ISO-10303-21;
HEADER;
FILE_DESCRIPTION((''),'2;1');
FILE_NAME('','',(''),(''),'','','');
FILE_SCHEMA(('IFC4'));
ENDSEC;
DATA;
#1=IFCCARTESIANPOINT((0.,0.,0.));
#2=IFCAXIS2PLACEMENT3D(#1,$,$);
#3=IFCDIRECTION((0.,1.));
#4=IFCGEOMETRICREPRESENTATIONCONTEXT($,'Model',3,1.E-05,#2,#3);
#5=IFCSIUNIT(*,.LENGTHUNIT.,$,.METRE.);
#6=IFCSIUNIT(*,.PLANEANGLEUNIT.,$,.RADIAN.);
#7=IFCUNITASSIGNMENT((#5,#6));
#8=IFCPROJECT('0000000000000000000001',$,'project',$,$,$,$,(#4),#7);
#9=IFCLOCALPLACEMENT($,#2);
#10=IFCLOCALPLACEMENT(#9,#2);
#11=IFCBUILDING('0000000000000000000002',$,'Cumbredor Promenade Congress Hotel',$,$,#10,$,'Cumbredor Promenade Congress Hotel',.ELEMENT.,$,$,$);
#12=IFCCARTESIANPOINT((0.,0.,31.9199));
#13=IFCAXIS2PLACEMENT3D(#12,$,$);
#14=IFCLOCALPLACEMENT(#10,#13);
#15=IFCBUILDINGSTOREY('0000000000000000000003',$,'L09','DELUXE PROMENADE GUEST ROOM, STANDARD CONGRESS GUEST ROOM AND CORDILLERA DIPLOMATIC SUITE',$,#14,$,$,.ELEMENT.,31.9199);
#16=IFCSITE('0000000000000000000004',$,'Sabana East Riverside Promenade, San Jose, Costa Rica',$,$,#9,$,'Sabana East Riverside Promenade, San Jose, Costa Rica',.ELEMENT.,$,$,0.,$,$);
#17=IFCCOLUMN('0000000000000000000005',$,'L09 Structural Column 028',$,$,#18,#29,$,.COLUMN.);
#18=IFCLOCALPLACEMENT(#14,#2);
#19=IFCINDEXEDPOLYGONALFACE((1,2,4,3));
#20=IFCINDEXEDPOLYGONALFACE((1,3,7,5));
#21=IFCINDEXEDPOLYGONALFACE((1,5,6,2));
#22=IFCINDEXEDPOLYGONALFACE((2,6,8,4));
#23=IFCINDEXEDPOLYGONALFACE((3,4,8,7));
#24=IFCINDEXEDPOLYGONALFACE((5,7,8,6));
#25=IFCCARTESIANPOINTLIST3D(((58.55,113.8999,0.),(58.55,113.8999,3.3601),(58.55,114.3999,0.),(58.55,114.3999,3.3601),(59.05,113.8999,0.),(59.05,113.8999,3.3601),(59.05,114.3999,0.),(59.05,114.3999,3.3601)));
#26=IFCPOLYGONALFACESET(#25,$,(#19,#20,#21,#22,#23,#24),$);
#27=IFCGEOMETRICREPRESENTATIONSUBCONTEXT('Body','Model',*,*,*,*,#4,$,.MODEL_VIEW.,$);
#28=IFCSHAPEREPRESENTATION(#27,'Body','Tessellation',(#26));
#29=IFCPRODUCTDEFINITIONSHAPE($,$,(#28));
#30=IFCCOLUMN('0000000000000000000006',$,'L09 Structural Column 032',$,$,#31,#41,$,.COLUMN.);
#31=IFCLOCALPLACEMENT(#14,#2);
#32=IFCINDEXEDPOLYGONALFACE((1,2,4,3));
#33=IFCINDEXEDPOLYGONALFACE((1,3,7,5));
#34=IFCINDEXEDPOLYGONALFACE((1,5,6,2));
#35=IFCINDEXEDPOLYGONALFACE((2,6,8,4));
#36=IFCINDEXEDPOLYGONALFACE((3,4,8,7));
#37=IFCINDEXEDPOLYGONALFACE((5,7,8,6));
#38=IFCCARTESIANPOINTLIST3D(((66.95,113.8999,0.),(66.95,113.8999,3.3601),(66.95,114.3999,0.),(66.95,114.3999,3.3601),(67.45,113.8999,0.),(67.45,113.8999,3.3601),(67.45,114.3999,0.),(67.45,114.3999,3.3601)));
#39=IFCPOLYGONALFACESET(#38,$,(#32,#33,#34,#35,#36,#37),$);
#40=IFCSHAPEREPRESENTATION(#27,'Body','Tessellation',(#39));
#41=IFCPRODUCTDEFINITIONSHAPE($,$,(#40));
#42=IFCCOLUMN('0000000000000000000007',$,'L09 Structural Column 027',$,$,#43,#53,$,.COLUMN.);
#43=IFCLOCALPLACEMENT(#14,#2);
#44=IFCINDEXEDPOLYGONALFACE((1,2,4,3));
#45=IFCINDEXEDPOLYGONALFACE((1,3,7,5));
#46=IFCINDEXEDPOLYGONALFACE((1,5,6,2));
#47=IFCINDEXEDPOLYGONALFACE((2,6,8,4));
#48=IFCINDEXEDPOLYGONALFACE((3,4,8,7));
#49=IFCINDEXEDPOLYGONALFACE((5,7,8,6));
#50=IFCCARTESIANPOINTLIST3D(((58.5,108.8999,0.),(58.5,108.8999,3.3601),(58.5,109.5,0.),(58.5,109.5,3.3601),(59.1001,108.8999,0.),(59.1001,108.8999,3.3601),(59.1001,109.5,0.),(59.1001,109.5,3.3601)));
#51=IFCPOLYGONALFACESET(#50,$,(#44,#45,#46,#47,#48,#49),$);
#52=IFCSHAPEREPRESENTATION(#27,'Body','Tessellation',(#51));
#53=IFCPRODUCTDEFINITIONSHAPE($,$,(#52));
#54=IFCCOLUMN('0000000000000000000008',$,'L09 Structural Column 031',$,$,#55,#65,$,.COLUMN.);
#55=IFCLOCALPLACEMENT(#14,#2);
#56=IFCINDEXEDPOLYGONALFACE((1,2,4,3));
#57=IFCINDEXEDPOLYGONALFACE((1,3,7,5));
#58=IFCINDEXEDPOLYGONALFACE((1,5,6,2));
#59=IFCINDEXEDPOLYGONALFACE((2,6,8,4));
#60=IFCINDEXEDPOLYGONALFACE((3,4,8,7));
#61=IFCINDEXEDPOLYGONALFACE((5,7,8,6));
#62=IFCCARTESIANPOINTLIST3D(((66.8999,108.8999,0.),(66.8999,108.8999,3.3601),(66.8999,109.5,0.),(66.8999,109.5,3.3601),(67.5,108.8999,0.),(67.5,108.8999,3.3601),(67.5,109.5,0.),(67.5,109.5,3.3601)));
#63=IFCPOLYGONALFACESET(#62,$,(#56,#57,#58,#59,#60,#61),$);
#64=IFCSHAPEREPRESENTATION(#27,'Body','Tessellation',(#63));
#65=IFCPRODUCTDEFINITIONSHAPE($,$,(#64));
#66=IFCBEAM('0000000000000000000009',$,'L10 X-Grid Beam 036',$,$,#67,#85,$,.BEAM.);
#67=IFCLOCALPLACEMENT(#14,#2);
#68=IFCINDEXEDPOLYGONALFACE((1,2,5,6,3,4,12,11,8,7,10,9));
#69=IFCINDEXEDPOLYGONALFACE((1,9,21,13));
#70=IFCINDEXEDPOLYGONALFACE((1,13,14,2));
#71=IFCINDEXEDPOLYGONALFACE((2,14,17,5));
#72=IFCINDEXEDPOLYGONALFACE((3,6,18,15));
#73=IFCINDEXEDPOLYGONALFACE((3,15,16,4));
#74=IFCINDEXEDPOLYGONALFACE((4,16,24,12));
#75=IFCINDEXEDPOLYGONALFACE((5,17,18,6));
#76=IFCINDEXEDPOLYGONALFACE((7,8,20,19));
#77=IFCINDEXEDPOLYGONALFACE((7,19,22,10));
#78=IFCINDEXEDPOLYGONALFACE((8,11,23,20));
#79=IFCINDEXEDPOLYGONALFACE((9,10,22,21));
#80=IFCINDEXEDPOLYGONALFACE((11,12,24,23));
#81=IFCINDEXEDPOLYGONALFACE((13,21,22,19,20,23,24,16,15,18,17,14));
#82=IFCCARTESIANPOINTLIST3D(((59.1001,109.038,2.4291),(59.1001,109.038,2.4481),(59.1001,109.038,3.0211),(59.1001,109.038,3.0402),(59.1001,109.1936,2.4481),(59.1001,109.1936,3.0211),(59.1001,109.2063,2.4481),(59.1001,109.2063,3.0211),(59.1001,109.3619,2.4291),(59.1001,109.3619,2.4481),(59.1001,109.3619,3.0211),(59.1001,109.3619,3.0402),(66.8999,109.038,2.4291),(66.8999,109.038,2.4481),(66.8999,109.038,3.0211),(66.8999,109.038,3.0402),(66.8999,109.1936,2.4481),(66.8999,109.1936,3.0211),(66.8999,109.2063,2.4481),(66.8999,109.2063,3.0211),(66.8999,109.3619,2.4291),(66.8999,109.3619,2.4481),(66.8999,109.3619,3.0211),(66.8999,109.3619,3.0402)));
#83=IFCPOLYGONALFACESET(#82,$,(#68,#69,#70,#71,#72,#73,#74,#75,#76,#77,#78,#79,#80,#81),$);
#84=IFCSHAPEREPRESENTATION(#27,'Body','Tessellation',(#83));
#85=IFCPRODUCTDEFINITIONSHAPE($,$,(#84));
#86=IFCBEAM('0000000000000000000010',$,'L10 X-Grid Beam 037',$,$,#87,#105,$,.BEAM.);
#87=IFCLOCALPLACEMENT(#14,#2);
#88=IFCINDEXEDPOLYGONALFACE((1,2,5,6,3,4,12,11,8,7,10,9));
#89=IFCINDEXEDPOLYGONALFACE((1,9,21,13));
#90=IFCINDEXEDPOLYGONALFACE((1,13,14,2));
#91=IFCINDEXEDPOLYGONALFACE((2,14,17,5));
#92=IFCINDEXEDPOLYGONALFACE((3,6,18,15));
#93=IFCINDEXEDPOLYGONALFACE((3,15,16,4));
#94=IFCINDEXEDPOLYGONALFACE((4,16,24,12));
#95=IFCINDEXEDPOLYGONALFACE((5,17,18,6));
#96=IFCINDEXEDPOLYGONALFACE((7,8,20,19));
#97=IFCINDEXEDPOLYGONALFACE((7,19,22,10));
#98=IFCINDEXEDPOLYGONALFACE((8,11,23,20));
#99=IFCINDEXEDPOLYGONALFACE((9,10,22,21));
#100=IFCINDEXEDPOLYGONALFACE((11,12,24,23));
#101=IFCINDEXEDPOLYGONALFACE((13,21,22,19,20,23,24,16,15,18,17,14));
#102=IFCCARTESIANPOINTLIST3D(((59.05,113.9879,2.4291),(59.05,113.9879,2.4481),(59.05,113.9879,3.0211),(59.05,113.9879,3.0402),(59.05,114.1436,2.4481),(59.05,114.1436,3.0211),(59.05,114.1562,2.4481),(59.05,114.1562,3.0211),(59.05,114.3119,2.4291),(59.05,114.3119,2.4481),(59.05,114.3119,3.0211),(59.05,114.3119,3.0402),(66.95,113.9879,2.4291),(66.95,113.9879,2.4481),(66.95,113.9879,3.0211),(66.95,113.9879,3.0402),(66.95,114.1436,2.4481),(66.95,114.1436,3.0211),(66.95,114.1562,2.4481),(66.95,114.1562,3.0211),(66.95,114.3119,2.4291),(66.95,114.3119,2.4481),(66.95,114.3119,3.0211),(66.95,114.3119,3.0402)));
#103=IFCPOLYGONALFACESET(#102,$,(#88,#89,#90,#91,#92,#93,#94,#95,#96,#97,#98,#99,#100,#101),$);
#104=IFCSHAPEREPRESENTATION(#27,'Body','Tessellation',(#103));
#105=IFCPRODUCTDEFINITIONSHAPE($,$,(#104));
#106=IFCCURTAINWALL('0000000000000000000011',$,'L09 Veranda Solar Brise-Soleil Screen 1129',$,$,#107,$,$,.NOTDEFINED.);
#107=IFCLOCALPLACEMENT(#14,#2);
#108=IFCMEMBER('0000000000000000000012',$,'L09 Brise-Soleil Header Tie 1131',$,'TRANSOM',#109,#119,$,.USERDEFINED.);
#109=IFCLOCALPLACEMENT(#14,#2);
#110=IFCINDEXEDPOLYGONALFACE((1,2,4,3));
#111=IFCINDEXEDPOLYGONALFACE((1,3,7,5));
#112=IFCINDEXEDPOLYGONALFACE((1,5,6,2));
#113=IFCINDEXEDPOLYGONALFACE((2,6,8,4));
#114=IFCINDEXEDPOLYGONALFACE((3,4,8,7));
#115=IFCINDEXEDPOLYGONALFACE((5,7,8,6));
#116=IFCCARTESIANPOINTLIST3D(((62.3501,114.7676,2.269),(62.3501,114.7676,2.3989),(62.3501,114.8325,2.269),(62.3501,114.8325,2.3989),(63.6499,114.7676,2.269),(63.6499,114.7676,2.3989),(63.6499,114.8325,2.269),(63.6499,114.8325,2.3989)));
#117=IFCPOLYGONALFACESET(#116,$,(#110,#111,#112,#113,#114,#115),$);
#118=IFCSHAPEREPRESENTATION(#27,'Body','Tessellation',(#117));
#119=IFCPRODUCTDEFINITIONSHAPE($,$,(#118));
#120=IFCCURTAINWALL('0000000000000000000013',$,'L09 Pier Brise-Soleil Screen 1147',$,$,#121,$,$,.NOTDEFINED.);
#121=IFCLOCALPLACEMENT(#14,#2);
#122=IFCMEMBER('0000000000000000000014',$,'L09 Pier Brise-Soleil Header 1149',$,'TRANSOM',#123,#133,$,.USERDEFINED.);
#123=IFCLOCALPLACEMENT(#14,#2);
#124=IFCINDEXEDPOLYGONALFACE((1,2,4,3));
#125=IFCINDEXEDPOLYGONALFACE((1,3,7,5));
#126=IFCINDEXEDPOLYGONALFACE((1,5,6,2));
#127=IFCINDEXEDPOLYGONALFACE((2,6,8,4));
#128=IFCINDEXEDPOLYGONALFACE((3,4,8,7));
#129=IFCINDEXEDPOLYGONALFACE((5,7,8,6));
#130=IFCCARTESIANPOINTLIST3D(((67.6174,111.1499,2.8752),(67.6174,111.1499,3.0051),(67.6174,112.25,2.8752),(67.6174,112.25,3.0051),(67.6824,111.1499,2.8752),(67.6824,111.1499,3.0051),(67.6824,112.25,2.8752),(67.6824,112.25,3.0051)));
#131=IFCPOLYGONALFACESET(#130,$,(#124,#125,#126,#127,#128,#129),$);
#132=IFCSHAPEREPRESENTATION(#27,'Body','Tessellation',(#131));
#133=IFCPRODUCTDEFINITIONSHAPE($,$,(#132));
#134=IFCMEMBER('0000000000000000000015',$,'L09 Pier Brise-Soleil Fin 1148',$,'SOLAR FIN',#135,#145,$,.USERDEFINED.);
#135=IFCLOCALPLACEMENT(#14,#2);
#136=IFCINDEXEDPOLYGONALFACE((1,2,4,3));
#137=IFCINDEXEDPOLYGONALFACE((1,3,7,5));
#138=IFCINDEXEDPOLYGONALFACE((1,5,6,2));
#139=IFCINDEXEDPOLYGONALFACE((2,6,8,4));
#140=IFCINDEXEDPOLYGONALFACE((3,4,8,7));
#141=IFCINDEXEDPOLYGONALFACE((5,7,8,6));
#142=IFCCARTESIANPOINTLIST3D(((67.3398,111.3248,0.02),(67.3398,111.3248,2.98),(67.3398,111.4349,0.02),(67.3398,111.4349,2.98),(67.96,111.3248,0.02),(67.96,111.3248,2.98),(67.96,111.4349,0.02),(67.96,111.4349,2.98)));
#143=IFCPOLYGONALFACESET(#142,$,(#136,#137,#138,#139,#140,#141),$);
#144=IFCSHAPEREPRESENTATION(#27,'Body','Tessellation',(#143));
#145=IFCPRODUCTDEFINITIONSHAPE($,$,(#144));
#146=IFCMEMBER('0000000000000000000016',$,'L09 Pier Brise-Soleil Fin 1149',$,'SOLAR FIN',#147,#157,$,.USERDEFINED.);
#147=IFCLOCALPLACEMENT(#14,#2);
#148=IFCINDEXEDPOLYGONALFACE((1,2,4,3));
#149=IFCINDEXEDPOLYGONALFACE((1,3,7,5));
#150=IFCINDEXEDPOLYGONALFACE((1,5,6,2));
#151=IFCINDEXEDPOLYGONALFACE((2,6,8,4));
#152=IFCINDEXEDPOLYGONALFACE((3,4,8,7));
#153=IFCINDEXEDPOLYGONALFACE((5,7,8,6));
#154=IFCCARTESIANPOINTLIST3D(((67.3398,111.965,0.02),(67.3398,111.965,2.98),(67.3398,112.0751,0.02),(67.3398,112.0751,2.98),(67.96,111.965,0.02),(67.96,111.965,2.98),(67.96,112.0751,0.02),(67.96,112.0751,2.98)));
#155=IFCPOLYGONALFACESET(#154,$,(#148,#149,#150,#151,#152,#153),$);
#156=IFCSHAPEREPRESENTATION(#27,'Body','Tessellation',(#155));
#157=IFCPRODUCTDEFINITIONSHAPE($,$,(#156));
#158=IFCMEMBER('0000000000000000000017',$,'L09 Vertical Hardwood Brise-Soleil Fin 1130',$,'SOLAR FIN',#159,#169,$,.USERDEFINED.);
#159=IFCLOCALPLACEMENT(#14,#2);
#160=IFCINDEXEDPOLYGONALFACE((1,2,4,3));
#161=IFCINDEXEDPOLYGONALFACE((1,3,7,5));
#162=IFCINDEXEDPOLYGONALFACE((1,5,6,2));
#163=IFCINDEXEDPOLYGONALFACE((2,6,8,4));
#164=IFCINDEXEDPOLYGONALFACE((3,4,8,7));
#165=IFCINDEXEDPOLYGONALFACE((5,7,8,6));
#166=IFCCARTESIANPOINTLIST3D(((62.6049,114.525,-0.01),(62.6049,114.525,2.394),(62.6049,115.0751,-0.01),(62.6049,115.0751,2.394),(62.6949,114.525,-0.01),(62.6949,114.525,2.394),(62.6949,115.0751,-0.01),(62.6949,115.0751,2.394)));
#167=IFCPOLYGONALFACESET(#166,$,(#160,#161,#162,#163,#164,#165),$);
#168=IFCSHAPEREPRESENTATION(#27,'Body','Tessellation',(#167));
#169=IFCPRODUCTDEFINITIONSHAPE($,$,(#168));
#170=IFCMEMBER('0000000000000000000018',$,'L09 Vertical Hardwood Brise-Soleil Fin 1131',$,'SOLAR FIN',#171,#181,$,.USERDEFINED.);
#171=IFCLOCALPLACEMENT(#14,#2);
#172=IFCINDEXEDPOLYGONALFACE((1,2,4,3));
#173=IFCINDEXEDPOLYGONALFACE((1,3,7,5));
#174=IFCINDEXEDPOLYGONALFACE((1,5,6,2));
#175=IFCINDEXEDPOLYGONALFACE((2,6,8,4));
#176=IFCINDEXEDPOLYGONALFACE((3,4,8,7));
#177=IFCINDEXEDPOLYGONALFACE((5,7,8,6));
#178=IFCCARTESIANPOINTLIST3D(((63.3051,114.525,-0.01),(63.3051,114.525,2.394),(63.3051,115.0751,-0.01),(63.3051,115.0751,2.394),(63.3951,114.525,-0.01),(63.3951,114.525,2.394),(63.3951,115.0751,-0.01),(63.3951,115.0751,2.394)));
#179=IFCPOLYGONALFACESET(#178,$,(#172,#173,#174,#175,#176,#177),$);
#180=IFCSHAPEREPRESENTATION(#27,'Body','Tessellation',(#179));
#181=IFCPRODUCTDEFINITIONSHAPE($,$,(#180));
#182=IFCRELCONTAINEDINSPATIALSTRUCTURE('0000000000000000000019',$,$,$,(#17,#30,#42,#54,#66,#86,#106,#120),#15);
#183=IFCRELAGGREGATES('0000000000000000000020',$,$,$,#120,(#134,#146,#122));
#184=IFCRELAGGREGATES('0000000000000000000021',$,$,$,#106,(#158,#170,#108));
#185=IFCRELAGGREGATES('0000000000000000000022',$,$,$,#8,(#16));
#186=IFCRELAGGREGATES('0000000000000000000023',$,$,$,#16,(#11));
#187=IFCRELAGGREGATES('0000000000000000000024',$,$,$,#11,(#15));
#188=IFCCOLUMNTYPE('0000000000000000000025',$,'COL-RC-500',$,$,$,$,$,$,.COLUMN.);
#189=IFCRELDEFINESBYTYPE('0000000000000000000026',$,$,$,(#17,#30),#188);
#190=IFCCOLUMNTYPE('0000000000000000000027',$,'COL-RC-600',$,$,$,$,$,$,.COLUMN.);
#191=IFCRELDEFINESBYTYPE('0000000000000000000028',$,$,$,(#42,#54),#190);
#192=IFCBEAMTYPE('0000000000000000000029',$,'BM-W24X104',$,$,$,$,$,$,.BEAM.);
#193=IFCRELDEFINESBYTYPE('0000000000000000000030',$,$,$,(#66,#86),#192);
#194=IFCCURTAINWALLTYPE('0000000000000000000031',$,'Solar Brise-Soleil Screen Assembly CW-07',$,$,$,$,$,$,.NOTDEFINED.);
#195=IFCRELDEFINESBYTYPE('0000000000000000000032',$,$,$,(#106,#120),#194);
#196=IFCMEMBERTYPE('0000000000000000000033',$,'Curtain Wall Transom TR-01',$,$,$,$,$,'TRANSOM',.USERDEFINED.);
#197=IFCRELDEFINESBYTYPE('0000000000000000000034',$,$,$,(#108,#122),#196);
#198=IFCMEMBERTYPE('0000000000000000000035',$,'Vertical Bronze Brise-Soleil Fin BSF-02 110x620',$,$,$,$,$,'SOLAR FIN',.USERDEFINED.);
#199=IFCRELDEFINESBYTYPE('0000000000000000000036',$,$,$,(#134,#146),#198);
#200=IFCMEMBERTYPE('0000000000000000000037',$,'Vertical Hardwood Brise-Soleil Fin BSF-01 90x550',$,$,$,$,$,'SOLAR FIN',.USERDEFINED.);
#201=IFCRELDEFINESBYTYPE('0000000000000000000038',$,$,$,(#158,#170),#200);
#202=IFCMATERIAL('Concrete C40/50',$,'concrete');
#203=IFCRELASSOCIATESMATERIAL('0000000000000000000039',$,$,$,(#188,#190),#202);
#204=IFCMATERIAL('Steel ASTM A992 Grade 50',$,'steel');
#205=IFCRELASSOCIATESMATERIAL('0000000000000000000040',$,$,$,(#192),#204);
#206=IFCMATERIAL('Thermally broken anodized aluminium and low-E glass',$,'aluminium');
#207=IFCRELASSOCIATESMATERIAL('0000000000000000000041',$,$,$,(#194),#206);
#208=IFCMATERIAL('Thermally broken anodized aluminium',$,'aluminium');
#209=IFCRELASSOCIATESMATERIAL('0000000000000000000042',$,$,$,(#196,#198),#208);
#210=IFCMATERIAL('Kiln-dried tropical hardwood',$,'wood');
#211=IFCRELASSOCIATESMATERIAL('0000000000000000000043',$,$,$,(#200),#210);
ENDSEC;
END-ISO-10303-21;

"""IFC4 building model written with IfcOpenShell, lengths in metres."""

from ifc_helpers import new_model, si_unit, direction, frame, origin, origin_2d, place, context, subcontext, project, spatial, rectangle, i_section, extrude, material, material_profile, profile_set, type_object, element, aggregate, save


model = new_model("IFC4")

# Units and contexts
model_context = context("Model", 3, precision=1e-05, world=origin(), true_north=direction((0.0, 1.0)))
body_context = subcontext(model_context, "Body", "Model", "MODEL_VIEW")
ifc_project = project(units=[si_unit("LENGTHUNIT", "METRE"), si_unit("PLANEANGLEUNIT", "RADIAN")], contexts=[model_context])

# Site, building, storey
site_placement = place(None, origin())
site = spatial("IfcSite", under=ifc_project, at=site_placement, Name="Sabana East Riverside Promenade, San Jose, Costa Rica", LongName="Sabana East Riverside Promenade, San Jose, Costa Rica", CompositionType="ELEMENT", RefElevation=0.0)
building_placement = place(site_placement, origin())
building = spatial("IfcBuilding", under=site, at=building_placement, Name="Cumbredor Promenade Congress Hotel", LongName="Cumbredor Promenade Congress Hotel", CompositionType="ELEMENT")
storey_placement = place(building_placement, frame((0.0, 0.0, 31.9199)))
storey = spatial("IfcBuildingStorey", under=building, at=storey_placement, Name="L09", Description="DELUXE PROMENADE GUEST ROOM, STANDARD CONGRESS GUEST ROOM AND CORDILLERA DIPLOMATIC SUITE", CompositionType="ELEMENT", Elevation=31.9199)

# Columns
ifc_material_1 = material(Name="Concrete C40/50", Category="concrete")
ifc_material_profile_1 = material_profile(ifc_material_1, rectangle(XDim=0.5, YDim=0.5, at=origin_2d()), Name="RC 500x500")
ifc_profile_set_1 = profile_set([ifc_material_profile_1], Name="Concrete C40/50")
column_type_1 = type_object("IfcColumnType", Name="COL-RC-500", PredefinedType="COLUMN", material=ifc_profile_set_1)
for number, where, z_axis, x_axis, name in (
    (1, (58.8, 114.1499, 0.0), (0.0, 0.0, 1.0), (1.0, 0.0, 0.0), "L09 Structural Column 028"),
    (2, (67.2, 114.1499, 0.0), (0.0, 0.0, 1.0), (1.0, 0.0, 0.0), "L09 Structural Column 032"),
):
    element("IfcColumn", number, at=place(storey_placement, frame(where, z_axis=z_axis, x_axis=x_axis)), inside=storey, type_object=column_type_1, Name=name, PredefinedType="COLUMN", context=body_context, shape_type="SweptSolid", body=[
        extrude(rectangle(XDim=0.5, YDim=0.5, at=origin_2d()), origin(), (0.0, 0.0, 1.0), 3.3601),
    ])
ifc_material_profile_2 = material_profile(ifc_material_1, rectangle(XDim=0.6001, YDim=0.6001, at=origin_2d()), Name="RC 600x600")
ifc_profile_set_2 = profile_set([ifc_material_profile_2], Name="Concrete C40/50")
column_type_2 = type_object("IfcColumnType", Name="COL-RC-600", PredefinedType="COLUMN", material=ifc_profile_set_2)
for number, where, z_axis, x_axis, name in (
    (3, (58.8, 109.2, 0.0), (0.0, 0.0, 1.0), (1.0, 0.0, 0.0), "L09 Structural Column 027"),
    (4, (67.2, 109.2, 0.0), (0.0, 0.0, 1.0), (1.0, 0.0, 0.0), "L09 Structural Column 031"),
):
    element("IfcColumn", number, at=place(storey_placement, frame(where, z_axis=z_axis, x_axis=x_axis)), inside=storey, type_object=column_type_2, Name=name, PredefinedType="COLUMN", context=body_context, shape_type="SweptSolid", body=[
        extrude(rectangle(XDim=0.6001, YDim=0.6001, at=origin_2d()), origin(), (0.0, 0.0, 1.0), 3.3601),
    ])

# Beams
ifc_material_2 = material(Name="Steel ASTM A992 Grade 50", Category="steel")
ifc_material_profile_3 = material_profile(ifc_material_2, i_section(OverallWidth=0.324, OverallDepth=0.6111, WebThickness=0.0127, FlangeThickness=0.019, at=origin_2d()), Name="W24X104")
ifc_profile_set_3 = profile_set([ifc_material_profile_3], Name="Steel ASTM A992 Grade 50")
beam_type = type_object("IfcBeamType", Name="BM-W24X104", PredefinedType="BEAM", material=ifc_profile_set_3)
beam_1_placement = place(storey_placement, frame((59.1001, 109.2, 2.7346), z_axis=(1.0, 0.0, 0.0), x_axis=(0.0, 1.0, 0.0)))
element("IfcBeam", 5, at=beam_1_placement, inside=storey, type_object=beam_type, Name="L10 X-Grid Beam 036", PredefinedType="BEAM", context=body_context, shape_type="SweptSolid", body=[
    extrude(i_section(OverallWidth=0.324, OverallDepth=0.6111, WebThickness=0.0127, FlangeThickness=0.019, at=origin_2d()), origin(), (0.0, 0.0, 1.0), 7.7998),
])
beam_2_placement = place(storey_placement, frame((59.05, 114.1499, 2.7346), z_axis=(1.0, 0.0, 0.0), x_axis=(0.0, 1.0, 0.0)))
element("IfcBeam", 6, at=beam_2_placement, inside=storey, type_object=beam_type, Name="L10 X-Grid Beam 037", PredefinedType="BEAM", context=body_context, shape_type="SweptSolid", body=[
    extrude(i_section(OverallWidth=0.324, OverallDepth=0.6111, WebThickness=0.0127, FlangeThickness=0.019, at=origin_2d()), origin(), (0.0, 0.0, 1.0), 7.8999),
])

# Curtain wall, member
ifc_material_3 = material(Name="Thermally broken anodized aluminium and low-E glass", Category="aluminium")
curtain_wall_type = type_object("IfcCurtainWallType", Name="Solar Brise-Soleil Screen Assembly CW-07", PredefinedType="NOTDEFINED", material=ifc_material_3)
curtain_wall_1_placement = place(storey_placement, origin())
curtain_wall_1 = element("IfcCurtainWall", 7, at=curtain_wall_1_placement, inside=storey, type_object=curtain_wall_type, Name="L09 Veranda Solar Brise-Soleil Screen 1129", PredefinedType="NOTDEFINED")
ifc_material_4 = material(Name="Thermally broken anodized aluminium", Category="aluminium")
ifc_material_profile_4 = material_profile(ifc_material_4, rectangle(XDim=0.0649, YDim=0.1299, at=origin_2d()), Name="ALU TRANSOM 65x130")
ifc_profile_set_4 = profile_set([ifc_material_profile_4], Name="Thermally broken anodized aluminium")
member_type_1 = type_object("IfcMemberType", Name="Curtain Wall Transom TR-01", ElementType="TRANSOM", PredefinedType="USERDEFINED", material=ifc_profile_set_4)
member_1_placement = place(storey_placement, frame((62.3501, 114.8, 2.334), z_axis=(1.0, 0.0, 0.0), x_axis=(0.0, 1.0, 0.0)))
member_1 = element("IfcMember", 8, at=member_1_placement, type_object=member_type_1, Name="L09 Brise-Soleil Header Tie 1131", ObjectType="TRANSOM", PredefinedType="USERDEFINED", context=body_context, shape_type="SweptSolid", body=[
    extrude(rectangle(XDim=0.0649, YDim=0.1299, at=origin_2d()), origin(), (0.0, 0.0, 1.0), 1.2998),
])

# Curtain wall, members
curtain_wall_2_placement = place(storey_placement, origin())
curtain_wall_2 = element("IfcCurtainWall", 9, at=curtain_wall_2_placement, inside=storey, type_object=curtain_wall_type, Name="L09 Pier Brise-Soleil Screen 1147", PredefinedType="NOTDEFINED")
member_2_placement = place(storey_placement, frame((67.6499, 111.1499, 2.9402), z_axis=(0.0, 1.0, 0.0), x_axis=(-1.0, 0.0, 0.0)))
member_2 = element("IfcMember", 10, at=member_2_placement, type_object=member_type_1, Name="L09 Pier Brise-Soleil Header 1149", ObjectType="TRANSOM", PredefinedType="USERDEFINED", context=body_context, shape_type="SweptSolid", body=[
    extrude(rectangle(XDim=0.0649, YDim=0.1299, at=origin_2d()), origin(), (0.0, 0.0, 1.0), 1.1001),
])
ifc_material_profile_5 = material_profile(ifc_material_4, rectangle(XDim=0.1101, YDim=0.6201, at=origin_2d()), Name="ARCH FIN 110x620")
ifc_profile_set_5 = profile_set([ifc_material_profile_5], Name="Thermally broken anodized aluminium")
member_type_2 = type_object("IfcMemberType", Name="Vertical Bronze Brise-Soleil Fin BSF-02 110x620", ElementType="SOLAR FIN", PredefinedType="USERDEFINED", material=ifc_profile_set_5)
member_3_placement = place(storey_placement, frame((67.6499, 111.3799, 0.02), z_axis=(0.0, 0.0, 1.0), x_axis=(0.0, 1.0, 0.0)))
member_3 = element("IfcMember", 11, at=member_3_placement, type_object=member_type_2, Name="L09 Pier Brise-Soleil Fin 1148", ObjectType="SOLAR FIN", PredefinedType="USERDEFINED", context=body_context, shape_type="SweptSolid", body=[
    extrude(rectangle(XDim=0.1101, YDim=0.6201, at=origin_2d()), origin(), (0.0, 0.0, 1.0), 2.96),
])
member_4_placement = place(storey_placement, frame((67.6499, 112.02, 0.02), z_axis=(0.0, 0.0, 1.0), x_axis=(0.0, 1.0, 0.0)))
member_4 = element("IfcMember", 12, at=member_4_placement, type_object=member_type_2, Name="L09 Pier Brise-Soleil Fin 1149", ObjectType="SOLAR FIN", PredefinedType="USERDEFINED", context=body_context, shape_type="SweptSolid", body=[
    extrude(rectangle(XDim=0.1101, YDim=0.6201, at=origin_2d()), origin(), (0.0, 0.0, 1.0), 2.96),
])
aggregate(curtain_wall_2, [member_3, member_4, member_2])

# Members
ifc_material_5 = material(Name="Kiln-dried tropical hardwood", Category="wood")
ifc_material_profile_6 = material_profile(ifc_material_5, rectangle(XDim=0.0901, YDim=0.55, at=origin_2d()), Name="ARCH FIN 90x550")
ifc_profile_set_6 = profile_set([ifc_material_profile_6], Name="Kiln-dried tropical hardwood")
member_type_3 = type_object("IfcMemberType", Name="Vertical Hardwood Brise-Soleil Fin BSF-01 90x550", ElementType="SOLAR FIN", PredefinedType="USERDEFINED", material=ifc_profile_set_6)
member_5_placement = place(storey_placement, frame((62.6499, 114.8, -0.01), z_axis=(0.0, 0.0, 1.0), x_axis=(1.0, 0.0, 0.0)))
member_5 = element("IfcMember", 13, at=member_5_placement, type_object=member_type_3, Name="L09 Vertical Hardwood Brise-Soleil Fin 1130", ObjectType="SOLAR FIN", PredefinedType="USERDEFINED", context=body_context, shape_type="SweptSolid", body=[
    extrude(rectangle(XDim=0.0901, YDim=0.55, at=origin_2d()), origin(), (0.0, 0.0, 1.0), 2.4041),
])
member_6_placement = place(storey_placement, frame((63.3501, 114.8, -0.01), z_axis=(0.0, 0.0, 1.0), x_axis=(1.0, 0.0, 0.0)))
member_6 = element("IfcMember", 14, at=member_6_placement, type_object=member_type_3, Name="L09 Vertical Hardwood Brise-Soleil Fin 1131", ObjectType="SOLAR FIN", PredefinedType="USERDEFINED", context=body_context, shape_type="SweptSolid", body=[
    extrude(rectangle(XDim=0.0901, YDim=0.55, at=origin_2d()), origin(), (0.0, 0.0, 1.0), 2.4041),
])
aggregate(curtain_wall_1, [member_5, member_6, member_1])

save(model, "model.ifc")
